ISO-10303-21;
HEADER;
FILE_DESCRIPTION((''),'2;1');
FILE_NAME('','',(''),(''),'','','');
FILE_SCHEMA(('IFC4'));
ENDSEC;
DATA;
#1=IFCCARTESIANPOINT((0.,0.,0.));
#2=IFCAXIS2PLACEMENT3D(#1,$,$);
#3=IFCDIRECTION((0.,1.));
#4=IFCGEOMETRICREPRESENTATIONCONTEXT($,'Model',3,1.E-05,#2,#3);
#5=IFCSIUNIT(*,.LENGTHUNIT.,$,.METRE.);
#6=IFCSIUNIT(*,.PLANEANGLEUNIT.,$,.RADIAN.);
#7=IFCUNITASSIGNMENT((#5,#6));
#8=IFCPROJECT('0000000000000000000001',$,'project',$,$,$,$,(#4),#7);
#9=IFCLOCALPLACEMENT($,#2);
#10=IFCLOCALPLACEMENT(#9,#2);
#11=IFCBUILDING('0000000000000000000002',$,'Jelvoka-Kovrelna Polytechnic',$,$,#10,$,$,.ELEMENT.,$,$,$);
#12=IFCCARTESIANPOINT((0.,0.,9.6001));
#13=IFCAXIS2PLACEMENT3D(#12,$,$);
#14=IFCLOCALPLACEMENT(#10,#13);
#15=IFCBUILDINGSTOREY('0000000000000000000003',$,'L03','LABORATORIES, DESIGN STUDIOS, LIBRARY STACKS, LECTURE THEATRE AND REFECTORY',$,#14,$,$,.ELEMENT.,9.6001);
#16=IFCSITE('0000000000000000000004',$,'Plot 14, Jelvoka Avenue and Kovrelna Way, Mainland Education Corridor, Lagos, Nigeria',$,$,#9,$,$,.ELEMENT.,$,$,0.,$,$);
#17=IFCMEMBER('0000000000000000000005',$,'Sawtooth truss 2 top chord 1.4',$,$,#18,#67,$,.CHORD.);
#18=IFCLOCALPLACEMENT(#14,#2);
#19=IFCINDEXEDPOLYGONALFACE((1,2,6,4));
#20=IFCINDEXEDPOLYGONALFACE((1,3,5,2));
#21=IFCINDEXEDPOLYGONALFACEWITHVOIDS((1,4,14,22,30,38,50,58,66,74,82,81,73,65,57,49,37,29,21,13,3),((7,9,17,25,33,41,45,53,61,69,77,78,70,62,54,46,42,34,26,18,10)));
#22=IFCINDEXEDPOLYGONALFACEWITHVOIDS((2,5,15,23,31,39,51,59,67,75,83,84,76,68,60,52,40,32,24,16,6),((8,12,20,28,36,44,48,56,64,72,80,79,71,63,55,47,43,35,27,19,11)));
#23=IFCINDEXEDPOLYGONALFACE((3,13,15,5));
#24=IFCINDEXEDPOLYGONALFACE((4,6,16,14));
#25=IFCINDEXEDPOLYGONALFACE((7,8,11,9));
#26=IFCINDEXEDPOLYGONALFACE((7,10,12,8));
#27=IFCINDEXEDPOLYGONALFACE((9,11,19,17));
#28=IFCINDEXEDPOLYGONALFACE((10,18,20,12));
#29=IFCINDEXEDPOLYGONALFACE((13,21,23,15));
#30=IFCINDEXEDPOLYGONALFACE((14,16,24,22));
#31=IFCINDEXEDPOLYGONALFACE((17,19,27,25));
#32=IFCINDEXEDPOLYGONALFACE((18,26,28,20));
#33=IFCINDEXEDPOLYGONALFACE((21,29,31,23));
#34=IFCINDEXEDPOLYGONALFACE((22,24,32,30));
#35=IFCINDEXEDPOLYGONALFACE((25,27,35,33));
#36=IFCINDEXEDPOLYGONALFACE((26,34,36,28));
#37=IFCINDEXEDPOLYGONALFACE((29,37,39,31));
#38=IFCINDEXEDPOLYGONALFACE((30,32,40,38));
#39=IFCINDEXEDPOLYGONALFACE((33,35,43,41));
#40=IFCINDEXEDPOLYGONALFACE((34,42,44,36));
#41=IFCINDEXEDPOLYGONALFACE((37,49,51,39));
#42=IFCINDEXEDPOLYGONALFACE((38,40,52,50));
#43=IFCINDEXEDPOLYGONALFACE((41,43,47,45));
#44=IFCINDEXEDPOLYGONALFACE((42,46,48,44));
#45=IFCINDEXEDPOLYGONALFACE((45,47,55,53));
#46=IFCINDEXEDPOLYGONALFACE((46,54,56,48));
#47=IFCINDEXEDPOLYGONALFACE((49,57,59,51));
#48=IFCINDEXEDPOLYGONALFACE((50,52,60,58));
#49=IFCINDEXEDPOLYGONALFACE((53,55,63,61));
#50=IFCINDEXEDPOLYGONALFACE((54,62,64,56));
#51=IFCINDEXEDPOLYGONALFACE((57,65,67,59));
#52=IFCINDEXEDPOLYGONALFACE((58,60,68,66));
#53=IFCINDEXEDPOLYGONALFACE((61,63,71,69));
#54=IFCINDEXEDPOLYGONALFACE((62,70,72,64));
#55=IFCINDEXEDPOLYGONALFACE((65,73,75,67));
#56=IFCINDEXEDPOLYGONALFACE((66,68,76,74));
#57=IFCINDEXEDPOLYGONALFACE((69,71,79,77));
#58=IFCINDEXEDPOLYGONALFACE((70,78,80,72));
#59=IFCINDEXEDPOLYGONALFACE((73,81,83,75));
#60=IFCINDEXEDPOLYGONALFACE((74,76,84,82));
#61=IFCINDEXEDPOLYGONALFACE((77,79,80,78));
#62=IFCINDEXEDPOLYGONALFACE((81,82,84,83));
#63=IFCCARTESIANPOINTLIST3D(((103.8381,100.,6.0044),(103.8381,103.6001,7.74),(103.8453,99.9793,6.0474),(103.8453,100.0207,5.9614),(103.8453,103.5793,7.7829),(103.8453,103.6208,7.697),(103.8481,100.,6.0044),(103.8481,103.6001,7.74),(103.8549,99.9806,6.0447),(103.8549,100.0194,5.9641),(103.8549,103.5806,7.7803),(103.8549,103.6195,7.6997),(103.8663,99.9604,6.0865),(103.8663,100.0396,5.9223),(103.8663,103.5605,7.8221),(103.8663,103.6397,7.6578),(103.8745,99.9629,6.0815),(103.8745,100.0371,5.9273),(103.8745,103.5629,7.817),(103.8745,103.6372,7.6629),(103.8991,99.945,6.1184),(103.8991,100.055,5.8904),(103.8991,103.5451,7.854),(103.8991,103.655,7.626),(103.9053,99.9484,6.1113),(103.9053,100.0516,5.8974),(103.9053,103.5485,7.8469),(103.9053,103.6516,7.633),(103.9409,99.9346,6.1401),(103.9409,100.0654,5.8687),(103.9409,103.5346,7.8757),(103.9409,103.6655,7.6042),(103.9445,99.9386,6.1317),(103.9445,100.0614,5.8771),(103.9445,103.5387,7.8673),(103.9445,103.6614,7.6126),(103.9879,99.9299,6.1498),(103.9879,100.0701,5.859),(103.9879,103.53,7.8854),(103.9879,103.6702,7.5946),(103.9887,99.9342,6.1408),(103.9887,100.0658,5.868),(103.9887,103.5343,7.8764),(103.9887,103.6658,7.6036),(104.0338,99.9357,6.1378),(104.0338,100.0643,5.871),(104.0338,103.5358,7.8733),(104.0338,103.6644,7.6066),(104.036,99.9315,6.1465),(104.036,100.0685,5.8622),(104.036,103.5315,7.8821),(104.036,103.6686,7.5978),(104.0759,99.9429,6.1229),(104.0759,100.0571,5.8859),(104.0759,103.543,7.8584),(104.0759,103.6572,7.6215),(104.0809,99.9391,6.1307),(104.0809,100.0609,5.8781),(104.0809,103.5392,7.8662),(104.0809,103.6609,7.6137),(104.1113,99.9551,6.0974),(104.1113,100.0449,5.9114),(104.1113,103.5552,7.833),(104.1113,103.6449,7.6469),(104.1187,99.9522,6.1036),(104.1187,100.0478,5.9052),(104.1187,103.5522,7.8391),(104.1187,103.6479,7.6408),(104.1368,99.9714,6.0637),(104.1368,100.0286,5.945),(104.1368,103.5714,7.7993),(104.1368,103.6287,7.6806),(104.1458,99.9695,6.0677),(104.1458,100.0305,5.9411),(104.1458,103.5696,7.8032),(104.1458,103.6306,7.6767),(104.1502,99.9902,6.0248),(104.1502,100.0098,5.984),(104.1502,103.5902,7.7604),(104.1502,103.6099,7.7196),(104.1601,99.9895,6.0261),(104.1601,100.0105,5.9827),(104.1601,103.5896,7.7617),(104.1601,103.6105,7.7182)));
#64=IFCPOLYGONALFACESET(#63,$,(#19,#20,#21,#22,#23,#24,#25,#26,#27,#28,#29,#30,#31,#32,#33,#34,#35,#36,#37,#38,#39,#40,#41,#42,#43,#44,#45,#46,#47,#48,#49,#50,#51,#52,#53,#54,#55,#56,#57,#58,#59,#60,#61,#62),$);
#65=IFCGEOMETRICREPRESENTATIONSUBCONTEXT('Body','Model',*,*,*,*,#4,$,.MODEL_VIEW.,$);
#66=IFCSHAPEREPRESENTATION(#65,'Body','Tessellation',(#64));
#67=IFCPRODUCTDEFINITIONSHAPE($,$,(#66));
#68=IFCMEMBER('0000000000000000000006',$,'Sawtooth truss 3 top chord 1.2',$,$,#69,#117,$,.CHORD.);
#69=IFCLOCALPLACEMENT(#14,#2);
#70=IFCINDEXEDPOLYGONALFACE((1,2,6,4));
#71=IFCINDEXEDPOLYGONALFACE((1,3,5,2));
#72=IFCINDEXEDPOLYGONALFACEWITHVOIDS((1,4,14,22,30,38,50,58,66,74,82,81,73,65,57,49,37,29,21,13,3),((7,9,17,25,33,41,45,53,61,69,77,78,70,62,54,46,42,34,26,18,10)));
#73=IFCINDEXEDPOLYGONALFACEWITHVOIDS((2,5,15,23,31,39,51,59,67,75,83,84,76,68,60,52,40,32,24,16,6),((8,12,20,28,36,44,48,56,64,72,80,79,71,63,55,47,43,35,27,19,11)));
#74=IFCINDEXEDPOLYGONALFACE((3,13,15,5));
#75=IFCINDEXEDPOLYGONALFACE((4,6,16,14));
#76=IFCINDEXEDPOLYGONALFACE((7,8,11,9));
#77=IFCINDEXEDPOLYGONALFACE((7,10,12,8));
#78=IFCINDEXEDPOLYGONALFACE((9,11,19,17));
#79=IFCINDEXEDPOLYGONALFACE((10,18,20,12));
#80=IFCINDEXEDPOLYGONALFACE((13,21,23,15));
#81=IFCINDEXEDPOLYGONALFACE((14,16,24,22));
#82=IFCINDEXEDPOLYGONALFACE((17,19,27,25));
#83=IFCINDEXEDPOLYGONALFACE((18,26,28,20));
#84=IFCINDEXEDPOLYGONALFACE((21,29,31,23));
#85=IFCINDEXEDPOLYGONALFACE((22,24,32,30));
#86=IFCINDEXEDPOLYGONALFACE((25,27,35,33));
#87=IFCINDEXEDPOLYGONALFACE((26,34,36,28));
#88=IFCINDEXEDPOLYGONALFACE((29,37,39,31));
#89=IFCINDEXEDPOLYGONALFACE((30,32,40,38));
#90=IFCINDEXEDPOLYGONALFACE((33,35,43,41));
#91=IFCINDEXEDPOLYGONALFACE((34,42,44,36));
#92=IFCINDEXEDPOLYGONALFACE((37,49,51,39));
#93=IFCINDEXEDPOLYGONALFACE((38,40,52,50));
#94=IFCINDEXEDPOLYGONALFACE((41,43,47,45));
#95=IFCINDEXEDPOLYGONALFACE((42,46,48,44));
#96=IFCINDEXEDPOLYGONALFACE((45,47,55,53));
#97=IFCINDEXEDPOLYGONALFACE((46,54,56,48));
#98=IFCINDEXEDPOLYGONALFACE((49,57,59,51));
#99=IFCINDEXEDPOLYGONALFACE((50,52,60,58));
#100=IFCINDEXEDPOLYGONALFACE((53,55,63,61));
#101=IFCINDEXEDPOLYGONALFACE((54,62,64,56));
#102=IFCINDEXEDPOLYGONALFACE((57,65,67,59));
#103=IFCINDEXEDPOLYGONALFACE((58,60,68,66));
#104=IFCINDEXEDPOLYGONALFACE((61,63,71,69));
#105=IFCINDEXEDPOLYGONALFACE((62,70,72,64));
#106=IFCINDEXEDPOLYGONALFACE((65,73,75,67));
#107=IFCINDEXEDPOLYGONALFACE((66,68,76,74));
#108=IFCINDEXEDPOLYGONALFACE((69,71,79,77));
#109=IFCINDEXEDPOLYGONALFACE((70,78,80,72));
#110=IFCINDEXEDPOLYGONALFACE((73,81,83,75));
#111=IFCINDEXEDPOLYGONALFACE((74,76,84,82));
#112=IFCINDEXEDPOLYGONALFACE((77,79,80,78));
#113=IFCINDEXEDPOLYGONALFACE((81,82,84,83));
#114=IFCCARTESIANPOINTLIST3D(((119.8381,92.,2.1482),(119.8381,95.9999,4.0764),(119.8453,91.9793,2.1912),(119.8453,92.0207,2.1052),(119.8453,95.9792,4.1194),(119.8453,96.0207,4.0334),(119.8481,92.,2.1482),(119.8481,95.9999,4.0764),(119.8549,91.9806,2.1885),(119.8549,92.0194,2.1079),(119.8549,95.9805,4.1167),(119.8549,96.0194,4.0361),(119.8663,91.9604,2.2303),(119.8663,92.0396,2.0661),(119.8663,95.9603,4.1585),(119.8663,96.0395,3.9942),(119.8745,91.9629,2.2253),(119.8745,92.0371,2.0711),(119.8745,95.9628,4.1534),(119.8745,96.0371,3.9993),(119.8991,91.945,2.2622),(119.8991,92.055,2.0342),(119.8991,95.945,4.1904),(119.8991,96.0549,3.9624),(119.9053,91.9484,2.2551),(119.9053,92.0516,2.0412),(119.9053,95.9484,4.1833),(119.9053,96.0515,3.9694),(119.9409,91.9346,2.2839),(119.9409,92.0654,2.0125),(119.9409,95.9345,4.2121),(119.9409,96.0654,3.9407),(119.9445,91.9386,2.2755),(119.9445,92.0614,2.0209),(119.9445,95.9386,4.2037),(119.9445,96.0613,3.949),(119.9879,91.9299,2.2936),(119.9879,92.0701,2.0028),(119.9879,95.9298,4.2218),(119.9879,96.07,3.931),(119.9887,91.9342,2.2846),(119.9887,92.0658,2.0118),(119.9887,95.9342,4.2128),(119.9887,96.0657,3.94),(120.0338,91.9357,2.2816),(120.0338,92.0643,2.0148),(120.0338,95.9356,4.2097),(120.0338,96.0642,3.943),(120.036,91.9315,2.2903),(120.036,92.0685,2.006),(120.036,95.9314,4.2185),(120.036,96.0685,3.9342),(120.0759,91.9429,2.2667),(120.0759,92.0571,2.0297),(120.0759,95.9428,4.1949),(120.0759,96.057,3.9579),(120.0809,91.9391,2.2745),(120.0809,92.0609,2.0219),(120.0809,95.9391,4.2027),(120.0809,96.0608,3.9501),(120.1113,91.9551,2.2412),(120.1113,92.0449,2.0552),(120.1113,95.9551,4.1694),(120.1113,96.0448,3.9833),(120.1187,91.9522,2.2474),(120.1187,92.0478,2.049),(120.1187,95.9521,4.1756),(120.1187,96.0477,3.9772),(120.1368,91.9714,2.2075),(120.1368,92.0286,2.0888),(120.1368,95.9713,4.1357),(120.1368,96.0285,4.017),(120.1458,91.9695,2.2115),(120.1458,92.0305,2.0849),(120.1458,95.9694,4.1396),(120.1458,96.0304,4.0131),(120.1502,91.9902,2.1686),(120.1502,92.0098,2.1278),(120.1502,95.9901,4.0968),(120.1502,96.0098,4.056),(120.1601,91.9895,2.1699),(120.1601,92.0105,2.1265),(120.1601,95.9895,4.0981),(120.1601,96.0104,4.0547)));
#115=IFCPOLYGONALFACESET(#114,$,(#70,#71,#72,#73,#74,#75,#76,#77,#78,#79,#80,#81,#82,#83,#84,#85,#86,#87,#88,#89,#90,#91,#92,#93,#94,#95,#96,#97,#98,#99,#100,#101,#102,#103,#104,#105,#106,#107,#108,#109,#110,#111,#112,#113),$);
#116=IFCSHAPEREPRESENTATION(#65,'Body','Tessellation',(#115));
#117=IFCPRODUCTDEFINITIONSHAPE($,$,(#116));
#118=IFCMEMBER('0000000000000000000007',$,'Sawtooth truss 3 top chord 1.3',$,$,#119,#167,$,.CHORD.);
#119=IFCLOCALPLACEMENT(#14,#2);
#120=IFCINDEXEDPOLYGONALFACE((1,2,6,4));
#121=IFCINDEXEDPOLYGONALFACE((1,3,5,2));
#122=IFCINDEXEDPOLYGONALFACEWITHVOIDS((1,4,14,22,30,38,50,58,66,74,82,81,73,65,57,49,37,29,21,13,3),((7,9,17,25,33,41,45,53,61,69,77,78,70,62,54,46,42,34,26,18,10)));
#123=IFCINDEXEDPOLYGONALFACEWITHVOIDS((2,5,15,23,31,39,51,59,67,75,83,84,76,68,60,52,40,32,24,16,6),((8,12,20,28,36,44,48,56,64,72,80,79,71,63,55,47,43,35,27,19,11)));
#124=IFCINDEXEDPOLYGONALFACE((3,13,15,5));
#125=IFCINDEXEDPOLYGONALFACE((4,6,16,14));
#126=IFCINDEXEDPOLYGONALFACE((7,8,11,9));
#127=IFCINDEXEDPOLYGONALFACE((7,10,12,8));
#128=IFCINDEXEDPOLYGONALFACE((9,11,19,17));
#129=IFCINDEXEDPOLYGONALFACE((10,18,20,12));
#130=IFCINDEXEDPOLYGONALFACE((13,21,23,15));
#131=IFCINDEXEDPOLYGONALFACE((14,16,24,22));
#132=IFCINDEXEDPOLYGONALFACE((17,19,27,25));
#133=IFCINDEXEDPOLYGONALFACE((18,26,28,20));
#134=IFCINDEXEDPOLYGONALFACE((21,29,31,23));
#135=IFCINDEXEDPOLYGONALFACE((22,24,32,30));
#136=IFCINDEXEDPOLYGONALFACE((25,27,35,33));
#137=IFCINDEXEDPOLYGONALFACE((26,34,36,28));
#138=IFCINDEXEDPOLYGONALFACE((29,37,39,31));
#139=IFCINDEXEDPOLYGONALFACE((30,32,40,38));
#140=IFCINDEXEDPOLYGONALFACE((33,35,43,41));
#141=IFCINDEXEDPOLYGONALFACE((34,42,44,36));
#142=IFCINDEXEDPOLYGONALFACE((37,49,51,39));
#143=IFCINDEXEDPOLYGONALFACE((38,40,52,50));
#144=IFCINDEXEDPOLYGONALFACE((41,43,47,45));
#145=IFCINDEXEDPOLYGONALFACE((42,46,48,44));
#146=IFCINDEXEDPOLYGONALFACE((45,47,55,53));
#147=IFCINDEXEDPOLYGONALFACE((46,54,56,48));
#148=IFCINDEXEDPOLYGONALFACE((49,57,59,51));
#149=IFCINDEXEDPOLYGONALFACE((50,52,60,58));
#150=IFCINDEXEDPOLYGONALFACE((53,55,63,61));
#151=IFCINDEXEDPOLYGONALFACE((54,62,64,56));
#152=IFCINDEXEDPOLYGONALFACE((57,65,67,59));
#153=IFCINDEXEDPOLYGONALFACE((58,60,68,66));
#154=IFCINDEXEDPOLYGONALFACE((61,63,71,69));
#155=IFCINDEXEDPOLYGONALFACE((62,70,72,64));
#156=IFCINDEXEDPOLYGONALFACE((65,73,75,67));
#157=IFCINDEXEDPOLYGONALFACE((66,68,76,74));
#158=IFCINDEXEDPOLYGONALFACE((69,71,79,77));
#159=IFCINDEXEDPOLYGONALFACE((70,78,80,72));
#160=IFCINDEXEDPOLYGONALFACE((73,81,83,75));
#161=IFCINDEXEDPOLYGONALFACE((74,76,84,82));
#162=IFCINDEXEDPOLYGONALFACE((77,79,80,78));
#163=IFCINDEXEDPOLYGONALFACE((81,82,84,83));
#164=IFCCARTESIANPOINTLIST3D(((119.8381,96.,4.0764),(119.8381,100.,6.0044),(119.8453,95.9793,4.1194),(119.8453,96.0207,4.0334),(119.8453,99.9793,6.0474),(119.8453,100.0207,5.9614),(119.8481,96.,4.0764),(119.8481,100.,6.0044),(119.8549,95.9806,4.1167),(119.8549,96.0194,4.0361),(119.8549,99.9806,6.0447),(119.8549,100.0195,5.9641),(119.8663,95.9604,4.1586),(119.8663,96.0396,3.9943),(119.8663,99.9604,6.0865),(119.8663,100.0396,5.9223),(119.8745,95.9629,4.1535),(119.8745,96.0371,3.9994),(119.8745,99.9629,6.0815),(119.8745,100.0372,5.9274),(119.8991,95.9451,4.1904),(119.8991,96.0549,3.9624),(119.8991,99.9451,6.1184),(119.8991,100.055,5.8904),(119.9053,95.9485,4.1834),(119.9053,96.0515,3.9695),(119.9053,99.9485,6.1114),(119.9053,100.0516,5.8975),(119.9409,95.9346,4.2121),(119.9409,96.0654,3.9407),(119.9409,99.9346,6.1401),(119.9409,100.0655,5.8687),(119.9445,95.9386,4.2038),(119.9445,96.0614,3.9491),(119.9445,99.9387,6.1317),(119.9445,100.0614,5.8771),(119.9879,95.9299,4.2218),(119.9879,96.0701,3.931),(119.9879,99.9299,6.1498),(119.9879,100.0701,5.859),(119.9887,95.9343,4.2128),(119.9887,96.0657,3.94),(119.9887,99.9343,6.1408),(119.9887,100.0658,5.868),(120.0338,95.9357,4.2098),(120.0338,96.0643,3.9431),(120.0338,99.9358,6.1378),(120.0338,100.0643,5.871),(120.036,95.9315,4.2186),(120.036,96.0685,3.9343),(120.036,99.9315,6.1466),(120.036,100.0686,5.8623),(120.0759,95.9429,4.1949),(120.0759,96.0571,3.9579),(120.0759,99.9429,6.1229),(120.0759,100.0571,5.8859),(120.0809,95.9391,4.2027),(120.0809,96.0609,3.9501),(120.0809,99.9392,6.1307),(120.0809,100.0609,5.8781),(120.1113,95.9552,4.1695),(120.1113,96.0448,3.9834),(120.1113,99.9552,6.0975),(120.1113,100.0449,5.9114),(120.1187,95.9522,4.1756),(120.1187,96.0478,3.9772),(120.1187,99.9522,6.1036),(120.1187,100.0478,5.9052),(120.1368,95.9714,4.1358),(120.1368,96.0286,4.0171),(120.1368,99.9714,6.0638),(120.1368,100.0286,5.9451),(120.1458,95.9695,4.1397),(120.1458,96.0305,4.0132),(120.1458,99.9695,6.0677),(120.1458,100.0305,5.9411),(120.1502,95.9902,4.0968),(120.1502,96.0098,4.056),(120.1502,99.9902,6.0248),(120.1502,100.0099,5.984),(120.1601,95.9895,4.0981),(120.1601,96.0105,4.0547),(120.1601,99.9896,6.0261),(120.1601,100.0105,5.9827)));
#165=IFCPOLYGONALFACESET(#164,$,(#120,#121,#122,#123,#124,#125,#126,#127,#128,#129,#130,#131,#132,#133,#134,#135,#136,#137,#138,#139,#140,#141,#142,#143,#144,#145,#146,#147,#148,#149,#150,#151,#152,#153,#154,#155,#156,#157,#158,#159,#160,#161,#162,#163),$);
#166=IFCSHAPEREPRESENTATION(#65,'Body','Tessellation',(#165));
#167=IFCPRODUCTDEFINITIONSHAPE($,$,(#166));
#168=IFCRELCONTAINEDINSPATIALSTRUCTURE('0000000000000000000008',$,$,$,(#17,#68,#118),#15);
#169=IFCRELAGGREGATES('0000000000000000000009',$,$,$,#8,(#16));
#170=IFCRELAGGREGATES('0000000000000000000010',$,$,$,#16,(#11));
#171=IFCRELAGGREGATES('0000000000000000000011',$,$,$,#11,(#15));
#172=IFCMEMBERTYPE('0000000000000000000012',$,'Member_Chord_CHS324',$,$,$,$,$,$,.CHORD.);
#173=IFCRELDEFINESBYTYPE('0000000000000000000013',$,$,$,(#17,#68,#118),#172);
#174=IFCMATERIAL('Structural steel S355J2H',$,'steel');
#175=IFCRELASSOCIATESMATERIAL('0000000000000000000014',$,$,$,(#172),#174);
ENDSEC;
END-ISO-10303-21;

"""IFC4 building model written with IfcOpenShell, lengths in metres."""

from ifc_helpers import new_model, si_unit, direction, frame, origin, origin_2d, place, context, subcontext, project, spatial, hollow_circle, extrude, material, material_profile, profile_set, type_object, element, save


model = new_model("IFC4")

# Units and contexts
model_context = context("Model", 3, precision=1e-05, world=origin(), true_north=direction((0.0, 1.0)))
body_context = subcontext(model_context, "Body", "Model", "MODEL_VIEW")
ifc_project = project(units=[si_unit("LENGTHUNIT", "METRE"), si_unit("PLANEANGLEUNIT", "RADIAN")], contexts=[model_context])

# Site, building, storey
site_placement = place(None, origin())
site = spatial("IfcSite", under=ifc_project, at=site_placement, Name="Plot 14, Jelvoka Avenue and Kovrelna Way, Mainland Education Corridor, Lagos, Nigeria", CompositionType="ELEMENT", RefElevation=0.0)
building_placement = place(site_placement, origin())
building = spatial("IfcBuilding", under=site, at=building_placement, Name="Jelvoka-Kovrelna Polytechnic", CompositionType="ELEMENT")
storey_placement = place(building_placement, frame((0.0, 0.0, 9.6001)))
storey = spatial("IfcBuildingStorey", under=building, at=storey_placement, Name="L03", Description="LABORATORIES, DESIGN STUDIOS, LIBRARY STACKS, LECTURE THEATRE AND REFECTORY", CompositionType="ELEMENT", Elevation=9.6001)

# Members
ifc_material_1 = material(Name="Structural steel S355J2H", Category="steel")
ifc_material_profile_1 = material_profile(ifc_material_1, hollow_circle(Radius=0.1619, WallThickness=0.01, at=origin_2d()), Name="323.9x10.0 CHS")
ifc_profile_set_1 = profile_set([ifc_material_profile_1], Name="Structural steel S355J2H")
member_type_1 = type_object("IfcMemberType", Name="Member_Chord_CHS324", PredefinedType="CHORD", material=ifc_profile_set_1)
member_1_placement = place(storey_placement, frame((104.0, 100.0, 6.0044), z_axis=(0.0, 0.900785, 0.434266), x_axis=(-1.0, 0.0, 0.0)))
element("IfcMember", 1, at=member_1_placement, inside=storey, type_object=member_type_1, Name="Sawtooth truss 2 top chord 1.4", PredefinedType="CHORD", context=body_context, shape_type="SweptSolid", body=[
    extrude(hollow_circle(Radius=0.1619, WallThickness=0.01, at=origin_2d()), origin(), (0.0, 0.0, 1.0), 3.9966),
])
for number, where, z_axis, x_axis, name in (
    (2, (120.0, 92.0, 2.1482), (0.0, 0.900799, 0.434235), (-1.0, 0.0, 0.0), "Sawtooth truss 3 top chord 1.2"),
    (3, (120.0, 96.0, 4.0764), (0.0, 0.900821, 0.434191), (-1.0, 0.0, 0.0), "Sawtooth truss 3 top chord 1.3"),
):
    element("IfcMember", number, at=place(storey_placement, frame(where, z_axis=z_axis, x_axis=x_axis)), inside=storey, type_object=member_type_1, Name=name, PredefinedType="CHORD", context=body_context, shape_type="SweptSolid", body=[
        extrude(hollow_circle(Radius=0.1619, WallThickness=0.01, at=origin_2d()), origin(), (0.0, 0.0, 1.0), 4.4404),
    ])

save(model, "model.ifc")
